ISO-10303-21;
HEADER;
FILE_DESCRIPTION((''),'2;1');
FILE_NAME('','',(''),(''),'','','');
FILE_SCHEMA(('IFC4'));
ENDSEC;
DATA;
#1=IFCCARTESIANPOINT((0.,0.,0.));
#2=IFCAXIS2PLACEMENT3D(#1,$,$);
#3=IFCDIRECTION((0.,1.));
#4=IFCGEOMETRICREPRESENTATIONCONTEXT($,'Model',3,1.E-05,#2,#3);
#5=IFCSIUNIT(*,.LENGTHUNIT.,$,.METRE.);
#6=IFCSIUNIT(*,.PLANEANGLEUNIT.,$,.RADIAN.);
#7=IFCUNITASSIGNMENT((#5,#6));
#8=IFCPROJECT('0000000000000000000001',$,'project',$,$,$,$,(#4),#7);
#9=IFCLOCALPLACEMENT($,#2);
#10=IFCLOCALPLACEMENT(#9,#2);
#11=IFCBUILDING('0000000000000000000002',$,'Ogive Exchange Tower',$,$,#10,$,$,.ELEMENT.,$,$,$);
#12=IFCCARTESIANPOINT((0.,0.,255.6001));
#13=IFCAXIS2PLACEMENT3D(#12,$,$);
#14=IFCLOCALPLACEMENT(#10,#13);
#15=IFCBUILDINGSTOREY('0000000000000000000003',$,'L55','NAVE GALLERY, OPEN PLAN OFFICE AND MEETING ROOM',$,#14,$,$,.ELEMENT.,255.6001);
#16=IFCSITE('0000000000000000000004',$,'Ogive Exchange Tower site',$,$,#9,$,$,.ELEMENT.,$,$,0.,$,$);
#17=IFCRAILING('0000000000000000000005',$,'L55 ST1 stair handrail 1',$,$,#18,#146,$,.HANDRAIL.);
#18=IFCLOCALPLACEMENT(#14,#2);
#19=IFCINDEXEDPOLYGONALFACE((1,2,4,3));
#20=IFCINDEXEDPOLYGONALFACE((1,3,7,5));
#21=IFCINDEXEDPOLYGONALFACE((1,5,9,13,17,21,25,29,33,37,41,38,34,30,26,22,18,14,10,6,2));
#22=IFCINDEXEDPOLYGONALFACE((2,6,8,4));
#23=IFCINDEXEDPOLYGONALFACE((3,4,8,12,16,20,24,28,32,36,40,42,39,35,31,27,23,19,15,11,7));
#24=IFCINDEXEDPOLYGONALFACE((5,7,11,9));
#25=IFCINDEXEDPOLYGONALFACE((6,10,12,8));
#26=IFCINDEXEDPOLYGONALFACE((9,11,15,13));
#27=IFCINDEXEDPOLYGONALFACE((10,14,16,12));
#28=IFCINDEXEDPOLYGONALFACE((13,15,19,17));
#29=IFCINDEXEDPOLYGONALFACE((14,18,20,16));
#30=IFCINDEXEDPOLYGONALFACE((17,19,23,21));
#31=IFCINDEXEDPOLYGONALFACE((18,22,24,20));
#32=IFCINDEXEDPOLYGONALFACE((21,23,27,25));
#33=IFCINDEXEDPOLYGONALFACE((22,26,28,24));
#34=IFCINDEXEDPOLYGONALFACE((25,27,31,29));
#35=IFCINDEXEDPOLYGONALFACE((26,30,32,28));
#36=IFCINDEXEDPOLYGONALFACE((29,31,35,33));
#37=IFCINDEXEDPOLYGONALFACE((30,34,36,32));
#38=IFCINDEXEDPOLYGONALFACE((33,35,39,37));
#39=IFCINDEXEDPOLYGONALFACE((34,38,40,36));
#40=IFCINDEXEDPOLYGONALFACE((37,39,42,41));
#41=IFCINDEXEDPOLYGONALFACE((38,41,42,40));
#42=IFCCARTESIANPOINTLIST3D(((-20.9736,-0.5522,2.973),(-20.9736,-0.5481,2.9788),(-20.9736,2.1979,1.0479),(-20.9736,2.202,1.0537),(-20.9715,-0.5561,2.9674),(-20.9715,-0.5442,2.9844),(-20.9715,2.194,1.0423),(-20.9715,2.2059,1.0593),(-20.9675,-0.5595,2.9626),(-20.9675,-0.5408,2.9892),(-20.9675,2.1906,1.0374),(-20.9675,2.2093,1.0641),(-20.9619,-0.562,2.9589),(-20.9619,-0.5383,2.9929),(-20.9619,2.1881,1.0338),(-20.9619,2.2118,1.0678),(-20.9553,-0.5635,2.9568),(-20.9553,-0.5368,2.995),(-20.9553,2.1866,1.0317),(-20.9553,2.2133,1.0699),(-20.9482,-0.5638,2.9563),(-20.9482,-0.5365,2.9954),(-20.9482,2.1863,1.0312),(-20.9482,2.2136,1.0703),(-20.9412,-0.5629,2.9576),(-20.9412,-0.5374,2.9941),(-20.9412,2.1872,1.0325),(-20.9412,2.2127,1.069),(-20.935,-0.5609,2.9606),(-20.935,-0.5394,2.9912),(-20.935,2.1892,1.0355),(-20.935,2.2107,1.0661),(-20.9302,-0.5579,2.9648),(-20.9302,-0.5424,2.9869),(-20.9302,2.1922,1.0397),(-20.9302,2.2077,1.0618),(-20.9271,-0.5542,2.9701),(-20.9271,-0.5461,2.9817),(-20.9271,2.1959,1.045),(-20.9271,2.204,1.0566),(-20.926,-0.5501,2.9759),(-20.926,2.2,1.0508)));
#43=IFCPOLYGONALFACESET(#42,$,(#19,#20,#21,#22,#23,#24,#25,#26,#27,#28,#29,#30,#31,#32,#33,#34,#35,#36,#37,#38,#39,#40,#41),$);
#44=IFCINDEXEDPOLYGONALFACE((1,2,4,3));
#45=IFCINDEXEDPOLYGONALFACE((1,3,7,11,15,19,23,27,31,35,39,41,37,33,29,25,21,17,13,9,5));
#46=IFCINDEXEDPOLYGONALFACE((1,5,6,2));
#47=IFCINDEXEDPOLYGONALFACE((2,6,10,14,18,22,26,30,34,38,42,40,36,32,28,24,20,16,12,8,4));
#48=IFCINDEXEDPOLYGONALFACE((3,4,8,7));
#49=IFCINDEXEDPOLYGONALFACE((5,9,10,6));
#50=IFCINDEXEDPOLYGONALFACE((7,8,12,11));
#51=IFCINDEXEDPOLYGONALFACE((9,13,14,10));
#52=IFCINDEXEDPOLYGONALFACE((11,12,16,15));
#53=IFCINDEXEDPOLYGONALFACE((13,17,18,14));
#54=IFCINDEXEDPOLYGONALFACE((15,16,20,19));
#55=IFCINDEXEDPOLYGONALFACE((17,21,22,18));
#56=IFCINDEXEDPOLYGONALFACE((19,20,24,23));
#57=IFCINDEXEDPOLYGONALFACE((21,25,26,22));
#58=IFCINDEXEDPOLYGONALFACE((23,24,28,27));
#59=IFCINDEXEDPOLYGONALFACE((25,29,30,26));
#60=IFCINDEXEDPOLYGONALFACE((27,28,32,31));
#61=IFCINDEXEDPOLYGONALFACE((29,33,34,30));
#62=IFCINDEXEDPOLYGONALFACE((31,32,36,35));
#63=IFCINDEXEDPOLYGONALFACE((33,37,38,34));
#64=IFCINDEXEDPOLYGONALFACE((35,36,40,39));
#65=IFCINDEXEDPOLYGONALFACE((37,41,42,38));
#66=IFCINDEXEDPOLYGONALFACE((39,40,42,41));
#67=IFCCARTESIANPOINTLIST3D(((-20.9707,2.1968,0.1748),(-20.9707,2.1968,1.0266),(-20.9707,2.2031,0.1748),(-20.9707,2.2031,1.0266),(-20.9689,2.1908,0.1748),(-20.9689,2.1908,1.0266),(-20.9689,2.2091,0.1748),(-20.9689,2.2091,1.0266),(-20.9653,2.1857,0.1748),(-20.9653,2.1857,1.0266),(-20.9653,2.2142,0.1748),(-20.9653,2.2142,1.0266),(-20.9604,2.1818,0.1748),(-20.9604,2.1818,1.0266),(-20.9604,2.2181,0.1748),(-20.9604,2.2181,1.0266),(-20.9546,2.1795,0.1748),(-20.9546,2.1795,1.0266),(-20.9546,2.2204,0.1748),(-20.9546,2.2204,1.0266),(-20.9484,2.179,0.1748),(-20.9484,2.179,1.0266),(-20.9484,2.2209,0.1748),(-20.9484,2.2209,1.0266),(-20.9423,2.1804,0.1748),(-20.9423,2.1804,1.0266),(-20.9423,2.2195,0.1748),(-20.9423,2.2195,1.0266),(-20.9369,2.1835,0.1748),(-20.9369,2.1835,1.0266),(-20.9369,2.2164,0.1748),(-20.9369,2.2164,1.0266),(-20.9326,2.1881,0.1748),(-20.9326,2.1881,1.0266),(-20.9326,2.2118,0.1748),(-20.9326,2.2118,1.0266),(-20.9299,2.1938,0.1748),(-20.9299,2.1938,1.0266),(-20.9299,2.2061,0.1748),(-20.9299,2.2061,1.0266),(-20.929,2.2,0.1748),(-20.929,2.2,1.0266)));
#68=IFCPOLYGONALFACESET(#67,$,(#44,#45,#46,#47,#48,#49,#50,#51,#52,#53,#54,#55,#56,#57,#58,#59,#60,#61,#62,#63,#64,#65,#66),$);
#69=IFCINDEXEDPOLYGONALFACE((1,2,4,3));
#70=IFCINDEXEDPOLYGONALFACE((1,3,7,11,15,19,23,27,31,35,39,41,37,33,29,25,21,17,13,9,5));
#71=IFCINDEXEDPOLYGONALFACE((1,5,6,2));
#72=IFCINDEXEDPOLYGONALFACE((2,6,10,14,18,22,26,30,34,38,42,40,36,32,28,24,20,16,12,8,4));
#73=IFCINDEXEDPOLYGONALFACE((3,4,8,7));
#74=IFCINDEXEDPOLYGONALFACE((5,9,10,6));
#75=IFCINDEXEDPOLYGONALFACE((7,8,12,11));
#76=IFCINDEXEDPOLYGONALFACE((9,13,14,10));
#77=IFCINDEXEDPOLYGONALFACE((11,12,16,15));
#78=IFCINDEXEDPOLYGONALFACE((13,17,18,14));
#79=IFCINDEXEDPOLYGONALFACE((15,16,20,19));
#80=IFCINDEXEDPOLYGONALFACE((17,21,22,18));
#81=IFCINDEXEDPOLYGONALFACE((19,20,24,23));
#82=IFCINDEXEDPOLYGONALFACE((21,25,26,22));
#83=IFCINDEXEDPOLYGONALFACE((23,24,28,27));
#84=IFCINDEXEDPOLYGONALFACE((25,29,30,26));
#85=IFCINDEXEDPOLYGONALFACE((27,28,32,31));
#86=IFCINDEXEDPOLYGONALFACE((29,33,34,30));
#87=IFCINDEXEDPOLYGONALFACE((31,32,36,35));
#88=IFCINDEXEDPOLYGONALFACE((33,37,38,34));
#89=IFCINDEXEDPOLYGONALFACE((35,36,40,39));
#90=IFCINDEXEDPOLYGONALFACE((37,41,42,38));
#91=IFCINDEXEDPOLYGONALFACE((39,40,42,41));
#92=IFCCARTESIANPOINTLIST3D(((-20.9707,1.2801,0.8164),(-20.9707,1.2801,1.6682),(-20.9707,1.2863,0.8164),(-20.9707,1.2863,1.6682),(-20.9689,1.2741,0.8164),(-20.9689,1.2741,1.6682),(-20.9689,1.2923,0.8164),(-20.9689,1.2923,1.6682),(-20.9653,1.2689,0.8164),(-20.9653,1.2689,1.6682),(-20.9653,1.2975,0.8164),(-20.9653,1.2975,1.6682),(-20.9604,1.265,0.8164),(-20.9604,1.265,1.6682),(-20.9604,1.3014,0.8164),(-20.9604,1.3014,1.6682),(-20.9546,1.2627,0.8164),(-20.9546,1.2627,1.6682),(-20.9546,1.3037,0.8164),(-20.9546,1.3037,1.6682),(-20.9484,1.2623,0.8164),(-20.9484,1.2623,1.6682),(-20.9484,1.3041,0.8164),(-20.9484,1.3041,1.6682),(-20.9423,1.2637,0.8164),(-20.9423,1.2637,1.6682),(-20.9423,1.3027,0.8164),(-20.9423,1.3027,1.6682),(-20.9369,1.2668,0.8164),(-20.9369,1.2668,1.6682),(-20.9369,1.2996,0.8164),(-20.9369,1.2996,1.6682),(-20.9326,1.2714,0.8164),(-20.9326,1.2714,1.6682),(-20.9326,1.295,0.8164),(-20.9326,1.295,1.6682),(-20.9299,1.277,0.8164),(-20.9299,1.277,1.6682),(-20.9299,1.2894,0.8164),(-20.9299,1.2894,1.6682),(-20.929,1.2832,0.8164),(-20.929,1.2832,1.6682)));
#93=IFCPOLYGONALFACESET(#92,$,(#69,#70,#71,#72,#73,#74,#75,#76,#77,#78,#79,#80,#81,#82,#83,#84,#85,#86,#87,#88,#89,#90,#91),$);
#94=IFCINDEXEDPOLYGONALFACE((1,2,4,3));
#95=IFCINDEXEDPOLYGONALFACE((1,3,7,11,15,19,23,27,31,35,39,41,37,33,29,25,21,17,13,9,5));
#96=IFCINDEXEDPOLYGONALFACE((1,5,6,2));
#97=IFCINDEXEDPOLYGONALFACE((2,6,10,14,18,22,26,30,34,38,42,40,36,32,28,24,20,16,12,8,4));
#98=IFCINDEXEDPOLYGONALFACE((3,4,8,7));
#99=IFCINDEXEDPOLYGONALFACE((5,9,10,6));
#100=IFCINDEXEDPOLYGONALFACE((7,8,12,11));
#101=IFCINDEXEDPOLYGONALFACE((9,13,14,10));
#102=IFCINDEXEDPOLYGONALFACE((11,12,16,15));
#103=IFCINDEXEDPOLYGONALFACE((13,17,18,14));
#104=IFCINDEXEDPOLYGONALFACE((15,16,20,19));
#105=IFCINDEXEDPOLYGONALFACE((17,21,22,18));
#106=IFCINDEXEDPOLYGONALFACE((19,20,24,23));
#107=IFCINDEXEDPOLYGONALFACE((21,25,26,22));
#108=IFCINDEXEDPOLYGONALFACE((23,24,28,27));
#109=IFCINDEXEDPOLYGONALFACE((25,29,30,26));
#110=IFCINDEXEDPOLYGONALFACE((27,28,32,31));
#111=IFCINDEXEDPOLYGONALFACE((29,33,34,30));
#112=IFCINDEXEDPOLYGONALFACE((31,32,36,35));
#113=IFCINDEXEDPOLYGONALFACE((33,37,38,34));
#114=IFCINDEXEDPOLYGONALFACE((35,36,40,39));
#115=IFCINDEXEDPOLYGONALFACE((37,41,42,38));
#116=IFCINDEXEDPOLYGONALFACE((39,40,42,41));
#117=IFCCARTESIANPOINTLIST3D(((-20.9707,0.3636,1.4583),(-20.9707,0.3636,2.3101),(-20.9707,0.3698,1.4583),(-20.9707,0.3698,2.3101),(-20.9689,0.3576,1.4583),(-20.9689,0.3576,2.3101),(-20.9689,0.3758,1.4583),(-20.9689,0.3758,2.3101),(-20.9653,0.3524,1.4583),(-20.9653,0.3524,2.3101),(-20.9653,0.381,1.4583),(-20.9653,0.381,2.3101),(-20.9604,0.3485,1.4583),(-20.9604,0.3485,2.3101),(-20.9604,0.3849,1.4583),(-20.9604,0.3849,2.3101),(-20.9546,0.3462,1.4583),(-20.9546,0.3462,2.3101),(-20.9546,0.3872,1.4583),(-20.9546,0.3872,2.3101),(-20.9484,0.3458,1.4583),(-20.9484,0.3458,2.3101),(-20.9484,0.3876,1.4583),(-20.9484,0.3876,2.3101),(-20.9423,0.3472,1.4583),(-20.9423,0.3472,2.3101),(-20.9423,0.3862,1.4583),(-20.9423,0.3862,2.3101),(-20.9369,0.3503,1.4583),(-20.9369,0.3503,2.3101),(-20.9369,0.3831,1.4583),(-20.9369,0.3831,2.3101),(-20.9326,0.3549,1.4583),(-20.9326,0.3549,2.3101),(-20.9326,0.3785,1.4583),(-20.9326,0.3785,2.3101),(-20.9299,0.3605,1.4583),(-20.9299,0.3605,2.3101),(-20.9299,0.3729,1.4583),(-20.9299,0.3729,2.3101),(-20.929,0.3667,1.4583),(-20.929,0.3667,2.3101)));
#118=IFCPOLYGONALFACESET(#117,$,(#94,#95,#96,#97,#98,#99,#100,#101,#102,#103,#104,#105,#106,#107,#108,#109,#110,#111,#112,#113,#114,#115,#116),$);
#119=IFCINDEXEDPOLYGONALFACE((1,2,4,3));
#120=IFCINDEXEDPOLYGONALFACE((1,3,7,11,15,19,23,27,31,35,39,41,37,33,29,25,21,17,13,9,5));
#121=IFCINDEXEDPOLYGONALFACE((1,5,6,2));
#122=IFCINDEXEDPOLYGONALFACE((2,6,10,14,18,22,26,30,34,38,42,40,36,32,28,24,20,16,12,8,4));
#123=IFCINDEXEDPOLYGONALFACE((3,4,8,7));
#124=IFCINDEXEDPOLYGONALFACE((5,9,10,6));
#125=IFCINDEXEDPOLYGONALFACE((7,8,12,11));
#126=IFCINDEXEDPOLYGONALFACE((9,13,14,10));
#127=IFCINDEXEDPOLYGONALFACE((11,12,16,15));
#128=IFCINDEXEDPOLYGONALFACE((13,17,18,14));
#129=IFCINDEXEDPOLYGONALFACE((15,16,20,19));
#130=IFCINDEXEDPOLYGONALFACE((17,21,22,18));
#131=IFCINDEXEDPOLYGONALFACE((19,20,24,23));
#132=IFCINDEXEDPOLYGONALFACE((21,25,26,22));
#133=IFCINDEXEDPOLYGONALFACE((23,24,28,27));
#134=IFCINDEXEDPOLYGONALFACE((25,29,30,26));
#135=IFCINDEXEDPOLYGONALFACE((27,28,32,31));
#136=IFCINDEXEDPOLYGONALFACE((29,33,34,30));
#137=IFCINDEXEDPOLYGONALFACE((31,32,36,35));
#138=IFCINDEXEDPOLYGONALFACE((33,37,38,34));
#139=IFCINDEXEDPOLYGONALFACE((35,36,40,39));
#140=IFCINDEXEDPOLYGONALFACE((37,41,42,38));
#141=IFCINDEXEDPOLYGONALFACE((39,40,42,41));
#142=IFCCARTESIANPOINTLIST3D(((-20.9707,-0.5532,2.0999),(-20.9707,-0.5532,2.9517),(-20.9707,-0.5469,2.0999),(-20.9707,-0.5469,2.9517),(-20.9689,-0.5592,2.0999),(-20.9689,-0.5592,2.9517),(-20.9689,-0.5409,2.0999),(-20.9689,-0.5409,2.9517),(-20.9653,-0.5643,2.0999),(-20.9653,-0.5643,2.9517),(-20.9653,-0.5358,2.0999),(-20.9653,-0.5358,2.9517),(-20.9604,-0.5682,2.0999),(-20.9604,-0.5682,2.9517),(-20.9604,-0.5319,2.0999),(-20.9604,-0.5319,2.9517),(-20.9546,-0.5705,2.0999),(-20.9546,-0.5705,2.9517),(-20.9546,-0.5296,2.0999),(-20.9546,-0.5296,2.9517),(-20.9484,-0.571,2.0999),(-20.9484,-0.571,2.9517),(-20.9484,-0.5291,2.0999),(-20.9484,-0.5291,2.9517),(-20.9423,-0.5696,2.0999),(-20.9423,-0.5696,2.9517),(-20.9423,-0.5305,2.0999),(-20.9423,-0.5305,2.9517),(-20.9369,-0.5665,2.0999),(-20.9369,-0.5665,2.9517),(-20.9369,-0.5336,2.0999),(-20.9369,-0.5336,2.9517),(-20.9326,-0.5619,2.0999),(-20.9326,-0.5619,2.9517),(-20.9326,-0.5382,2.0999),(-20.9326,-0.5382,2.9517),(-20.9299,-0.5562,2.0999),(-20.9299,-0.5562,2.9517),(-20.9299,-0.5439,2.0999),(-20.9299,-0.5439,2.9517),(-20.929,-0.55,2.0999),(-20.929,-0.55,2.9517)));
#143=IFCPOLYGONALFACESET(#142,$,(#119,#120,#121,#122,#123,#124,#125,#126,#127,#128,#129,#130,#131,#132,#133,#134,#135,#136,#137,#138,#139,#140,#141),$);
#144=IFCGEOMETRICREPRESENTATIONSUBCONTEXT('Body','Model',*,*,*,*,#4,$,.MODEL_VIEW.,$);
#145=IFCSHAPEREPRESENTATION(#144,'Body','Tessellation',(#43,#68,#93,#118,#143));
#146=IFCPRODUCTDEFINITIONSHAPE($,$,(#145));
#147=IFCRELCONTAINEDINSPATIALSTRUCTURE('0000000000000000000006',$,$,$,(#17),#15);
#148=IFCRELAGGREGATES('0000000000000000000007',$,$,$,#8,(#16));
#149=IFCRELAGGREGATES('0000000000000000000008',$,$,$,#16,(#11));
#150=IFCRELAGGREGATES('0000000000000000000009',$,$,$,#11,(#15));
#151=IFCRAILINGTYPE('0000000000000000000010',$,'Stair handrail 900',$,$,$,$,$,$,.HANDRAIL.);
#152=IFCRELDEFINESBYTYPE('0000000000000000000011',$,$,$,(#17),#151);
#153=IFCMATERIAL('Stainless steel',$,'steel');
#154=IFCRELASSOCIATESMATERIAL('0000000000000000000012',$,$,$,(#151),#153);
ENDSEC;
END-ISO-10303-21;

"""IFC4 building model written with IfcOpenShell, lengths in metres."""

from ifc_helpers import new_model, si_unit, direction, frame, origin, origin_2d, place, context, subcontext, project, spatial, circle, extrude, material, type_object, element, save


model = new_model("IFC4")

# Units and contexts
model_context = context("Model", 3, precision=1e-05, world=origin(), true_north=direction((0.0, 1.0)))
body_context = subcontext(model_context, "Body", "Model", "MODEL_VIEW")
ifc_project = project(units=[si_unit("LENGTHUNIT", "METRE"), si_unit("PLANEANGLEUNIT", "RADIAN")], contexts=[model_context])

# Site, building, storey
site_placement = place(None, origin())
site = spatial("IfcSite", under=ifc_project, at=site_placement, Name="Ogive Exchange Tower site", CompositionType="ELEMENT", RefElevation=0.0)
building_placement = place(site_placement, origin())
building = spatial("IfcBuilding", under=site, at=building_placement, Name="Ogive Exchange Tower", CompositionType="ELEMENT")
storey_placement = place(building_placement, frame((0.0, 0.0, 255.6001)))
storey = spatial("IfcBuildingStorey", under=building, at=storey_placement, Name="L55", Description="NAVE GALLERY, OPEN PLAN OFFICE AND MEETING ROOM", CompositionType="ELEMENT", Elevation=255.6001)

# Railing
ifc_material_1 = material(Name="Stainless steel", Category="steel")
railing_type = type_object("IfcRailingType", Name="Stair handrail 900", PredefinedType="HANDRAIL", material=ifc_material_1)
railing_placement = place(storey_placement, frame((-20.95, 2.2, 0.1748)))
element("IfcRailing", 1, at=railing_placement, inside=storey, type_object=railing_type, Name="L55 ST1 stair handrail 1", PredefinedType="HANDRAIL", context=body_context, shape_type="SweptSolid", body=[
    extrude(circle(Radius=0.0239, at=origin_2d()), frame((0.0, 0.0, 0.876), z_axis=(0.0, -0.819225, 0.573472), x_axis=(1.0, 0.0, 0.0)), (0.0, 0.0, 1.0), 3.3569),
    extrude(circle(Radius=0.021, at=origin_2d()), origin(), (0.0, 0.0, 1.0), 0.8518),
    extrude(circle(Radius=0.021, at=origin_2d()), frame((0.0, -0.9167, 0.6416)), (0.0, 0.0, 1.0), 0.8518),
    extrude(circle(Radius=0.021, at=origin_2d()), frame((0.0, -1.8333, 1.2834)), (0.0, 0.0, 1.0), 0.8518),
    extrude(circle(Radius=0.021, at=origin_2d()), frame((0.0, -2.75, 1.925)), (0.0, 0.0, 1.0), 0.8518),
])

save(model, "model.ifc")
